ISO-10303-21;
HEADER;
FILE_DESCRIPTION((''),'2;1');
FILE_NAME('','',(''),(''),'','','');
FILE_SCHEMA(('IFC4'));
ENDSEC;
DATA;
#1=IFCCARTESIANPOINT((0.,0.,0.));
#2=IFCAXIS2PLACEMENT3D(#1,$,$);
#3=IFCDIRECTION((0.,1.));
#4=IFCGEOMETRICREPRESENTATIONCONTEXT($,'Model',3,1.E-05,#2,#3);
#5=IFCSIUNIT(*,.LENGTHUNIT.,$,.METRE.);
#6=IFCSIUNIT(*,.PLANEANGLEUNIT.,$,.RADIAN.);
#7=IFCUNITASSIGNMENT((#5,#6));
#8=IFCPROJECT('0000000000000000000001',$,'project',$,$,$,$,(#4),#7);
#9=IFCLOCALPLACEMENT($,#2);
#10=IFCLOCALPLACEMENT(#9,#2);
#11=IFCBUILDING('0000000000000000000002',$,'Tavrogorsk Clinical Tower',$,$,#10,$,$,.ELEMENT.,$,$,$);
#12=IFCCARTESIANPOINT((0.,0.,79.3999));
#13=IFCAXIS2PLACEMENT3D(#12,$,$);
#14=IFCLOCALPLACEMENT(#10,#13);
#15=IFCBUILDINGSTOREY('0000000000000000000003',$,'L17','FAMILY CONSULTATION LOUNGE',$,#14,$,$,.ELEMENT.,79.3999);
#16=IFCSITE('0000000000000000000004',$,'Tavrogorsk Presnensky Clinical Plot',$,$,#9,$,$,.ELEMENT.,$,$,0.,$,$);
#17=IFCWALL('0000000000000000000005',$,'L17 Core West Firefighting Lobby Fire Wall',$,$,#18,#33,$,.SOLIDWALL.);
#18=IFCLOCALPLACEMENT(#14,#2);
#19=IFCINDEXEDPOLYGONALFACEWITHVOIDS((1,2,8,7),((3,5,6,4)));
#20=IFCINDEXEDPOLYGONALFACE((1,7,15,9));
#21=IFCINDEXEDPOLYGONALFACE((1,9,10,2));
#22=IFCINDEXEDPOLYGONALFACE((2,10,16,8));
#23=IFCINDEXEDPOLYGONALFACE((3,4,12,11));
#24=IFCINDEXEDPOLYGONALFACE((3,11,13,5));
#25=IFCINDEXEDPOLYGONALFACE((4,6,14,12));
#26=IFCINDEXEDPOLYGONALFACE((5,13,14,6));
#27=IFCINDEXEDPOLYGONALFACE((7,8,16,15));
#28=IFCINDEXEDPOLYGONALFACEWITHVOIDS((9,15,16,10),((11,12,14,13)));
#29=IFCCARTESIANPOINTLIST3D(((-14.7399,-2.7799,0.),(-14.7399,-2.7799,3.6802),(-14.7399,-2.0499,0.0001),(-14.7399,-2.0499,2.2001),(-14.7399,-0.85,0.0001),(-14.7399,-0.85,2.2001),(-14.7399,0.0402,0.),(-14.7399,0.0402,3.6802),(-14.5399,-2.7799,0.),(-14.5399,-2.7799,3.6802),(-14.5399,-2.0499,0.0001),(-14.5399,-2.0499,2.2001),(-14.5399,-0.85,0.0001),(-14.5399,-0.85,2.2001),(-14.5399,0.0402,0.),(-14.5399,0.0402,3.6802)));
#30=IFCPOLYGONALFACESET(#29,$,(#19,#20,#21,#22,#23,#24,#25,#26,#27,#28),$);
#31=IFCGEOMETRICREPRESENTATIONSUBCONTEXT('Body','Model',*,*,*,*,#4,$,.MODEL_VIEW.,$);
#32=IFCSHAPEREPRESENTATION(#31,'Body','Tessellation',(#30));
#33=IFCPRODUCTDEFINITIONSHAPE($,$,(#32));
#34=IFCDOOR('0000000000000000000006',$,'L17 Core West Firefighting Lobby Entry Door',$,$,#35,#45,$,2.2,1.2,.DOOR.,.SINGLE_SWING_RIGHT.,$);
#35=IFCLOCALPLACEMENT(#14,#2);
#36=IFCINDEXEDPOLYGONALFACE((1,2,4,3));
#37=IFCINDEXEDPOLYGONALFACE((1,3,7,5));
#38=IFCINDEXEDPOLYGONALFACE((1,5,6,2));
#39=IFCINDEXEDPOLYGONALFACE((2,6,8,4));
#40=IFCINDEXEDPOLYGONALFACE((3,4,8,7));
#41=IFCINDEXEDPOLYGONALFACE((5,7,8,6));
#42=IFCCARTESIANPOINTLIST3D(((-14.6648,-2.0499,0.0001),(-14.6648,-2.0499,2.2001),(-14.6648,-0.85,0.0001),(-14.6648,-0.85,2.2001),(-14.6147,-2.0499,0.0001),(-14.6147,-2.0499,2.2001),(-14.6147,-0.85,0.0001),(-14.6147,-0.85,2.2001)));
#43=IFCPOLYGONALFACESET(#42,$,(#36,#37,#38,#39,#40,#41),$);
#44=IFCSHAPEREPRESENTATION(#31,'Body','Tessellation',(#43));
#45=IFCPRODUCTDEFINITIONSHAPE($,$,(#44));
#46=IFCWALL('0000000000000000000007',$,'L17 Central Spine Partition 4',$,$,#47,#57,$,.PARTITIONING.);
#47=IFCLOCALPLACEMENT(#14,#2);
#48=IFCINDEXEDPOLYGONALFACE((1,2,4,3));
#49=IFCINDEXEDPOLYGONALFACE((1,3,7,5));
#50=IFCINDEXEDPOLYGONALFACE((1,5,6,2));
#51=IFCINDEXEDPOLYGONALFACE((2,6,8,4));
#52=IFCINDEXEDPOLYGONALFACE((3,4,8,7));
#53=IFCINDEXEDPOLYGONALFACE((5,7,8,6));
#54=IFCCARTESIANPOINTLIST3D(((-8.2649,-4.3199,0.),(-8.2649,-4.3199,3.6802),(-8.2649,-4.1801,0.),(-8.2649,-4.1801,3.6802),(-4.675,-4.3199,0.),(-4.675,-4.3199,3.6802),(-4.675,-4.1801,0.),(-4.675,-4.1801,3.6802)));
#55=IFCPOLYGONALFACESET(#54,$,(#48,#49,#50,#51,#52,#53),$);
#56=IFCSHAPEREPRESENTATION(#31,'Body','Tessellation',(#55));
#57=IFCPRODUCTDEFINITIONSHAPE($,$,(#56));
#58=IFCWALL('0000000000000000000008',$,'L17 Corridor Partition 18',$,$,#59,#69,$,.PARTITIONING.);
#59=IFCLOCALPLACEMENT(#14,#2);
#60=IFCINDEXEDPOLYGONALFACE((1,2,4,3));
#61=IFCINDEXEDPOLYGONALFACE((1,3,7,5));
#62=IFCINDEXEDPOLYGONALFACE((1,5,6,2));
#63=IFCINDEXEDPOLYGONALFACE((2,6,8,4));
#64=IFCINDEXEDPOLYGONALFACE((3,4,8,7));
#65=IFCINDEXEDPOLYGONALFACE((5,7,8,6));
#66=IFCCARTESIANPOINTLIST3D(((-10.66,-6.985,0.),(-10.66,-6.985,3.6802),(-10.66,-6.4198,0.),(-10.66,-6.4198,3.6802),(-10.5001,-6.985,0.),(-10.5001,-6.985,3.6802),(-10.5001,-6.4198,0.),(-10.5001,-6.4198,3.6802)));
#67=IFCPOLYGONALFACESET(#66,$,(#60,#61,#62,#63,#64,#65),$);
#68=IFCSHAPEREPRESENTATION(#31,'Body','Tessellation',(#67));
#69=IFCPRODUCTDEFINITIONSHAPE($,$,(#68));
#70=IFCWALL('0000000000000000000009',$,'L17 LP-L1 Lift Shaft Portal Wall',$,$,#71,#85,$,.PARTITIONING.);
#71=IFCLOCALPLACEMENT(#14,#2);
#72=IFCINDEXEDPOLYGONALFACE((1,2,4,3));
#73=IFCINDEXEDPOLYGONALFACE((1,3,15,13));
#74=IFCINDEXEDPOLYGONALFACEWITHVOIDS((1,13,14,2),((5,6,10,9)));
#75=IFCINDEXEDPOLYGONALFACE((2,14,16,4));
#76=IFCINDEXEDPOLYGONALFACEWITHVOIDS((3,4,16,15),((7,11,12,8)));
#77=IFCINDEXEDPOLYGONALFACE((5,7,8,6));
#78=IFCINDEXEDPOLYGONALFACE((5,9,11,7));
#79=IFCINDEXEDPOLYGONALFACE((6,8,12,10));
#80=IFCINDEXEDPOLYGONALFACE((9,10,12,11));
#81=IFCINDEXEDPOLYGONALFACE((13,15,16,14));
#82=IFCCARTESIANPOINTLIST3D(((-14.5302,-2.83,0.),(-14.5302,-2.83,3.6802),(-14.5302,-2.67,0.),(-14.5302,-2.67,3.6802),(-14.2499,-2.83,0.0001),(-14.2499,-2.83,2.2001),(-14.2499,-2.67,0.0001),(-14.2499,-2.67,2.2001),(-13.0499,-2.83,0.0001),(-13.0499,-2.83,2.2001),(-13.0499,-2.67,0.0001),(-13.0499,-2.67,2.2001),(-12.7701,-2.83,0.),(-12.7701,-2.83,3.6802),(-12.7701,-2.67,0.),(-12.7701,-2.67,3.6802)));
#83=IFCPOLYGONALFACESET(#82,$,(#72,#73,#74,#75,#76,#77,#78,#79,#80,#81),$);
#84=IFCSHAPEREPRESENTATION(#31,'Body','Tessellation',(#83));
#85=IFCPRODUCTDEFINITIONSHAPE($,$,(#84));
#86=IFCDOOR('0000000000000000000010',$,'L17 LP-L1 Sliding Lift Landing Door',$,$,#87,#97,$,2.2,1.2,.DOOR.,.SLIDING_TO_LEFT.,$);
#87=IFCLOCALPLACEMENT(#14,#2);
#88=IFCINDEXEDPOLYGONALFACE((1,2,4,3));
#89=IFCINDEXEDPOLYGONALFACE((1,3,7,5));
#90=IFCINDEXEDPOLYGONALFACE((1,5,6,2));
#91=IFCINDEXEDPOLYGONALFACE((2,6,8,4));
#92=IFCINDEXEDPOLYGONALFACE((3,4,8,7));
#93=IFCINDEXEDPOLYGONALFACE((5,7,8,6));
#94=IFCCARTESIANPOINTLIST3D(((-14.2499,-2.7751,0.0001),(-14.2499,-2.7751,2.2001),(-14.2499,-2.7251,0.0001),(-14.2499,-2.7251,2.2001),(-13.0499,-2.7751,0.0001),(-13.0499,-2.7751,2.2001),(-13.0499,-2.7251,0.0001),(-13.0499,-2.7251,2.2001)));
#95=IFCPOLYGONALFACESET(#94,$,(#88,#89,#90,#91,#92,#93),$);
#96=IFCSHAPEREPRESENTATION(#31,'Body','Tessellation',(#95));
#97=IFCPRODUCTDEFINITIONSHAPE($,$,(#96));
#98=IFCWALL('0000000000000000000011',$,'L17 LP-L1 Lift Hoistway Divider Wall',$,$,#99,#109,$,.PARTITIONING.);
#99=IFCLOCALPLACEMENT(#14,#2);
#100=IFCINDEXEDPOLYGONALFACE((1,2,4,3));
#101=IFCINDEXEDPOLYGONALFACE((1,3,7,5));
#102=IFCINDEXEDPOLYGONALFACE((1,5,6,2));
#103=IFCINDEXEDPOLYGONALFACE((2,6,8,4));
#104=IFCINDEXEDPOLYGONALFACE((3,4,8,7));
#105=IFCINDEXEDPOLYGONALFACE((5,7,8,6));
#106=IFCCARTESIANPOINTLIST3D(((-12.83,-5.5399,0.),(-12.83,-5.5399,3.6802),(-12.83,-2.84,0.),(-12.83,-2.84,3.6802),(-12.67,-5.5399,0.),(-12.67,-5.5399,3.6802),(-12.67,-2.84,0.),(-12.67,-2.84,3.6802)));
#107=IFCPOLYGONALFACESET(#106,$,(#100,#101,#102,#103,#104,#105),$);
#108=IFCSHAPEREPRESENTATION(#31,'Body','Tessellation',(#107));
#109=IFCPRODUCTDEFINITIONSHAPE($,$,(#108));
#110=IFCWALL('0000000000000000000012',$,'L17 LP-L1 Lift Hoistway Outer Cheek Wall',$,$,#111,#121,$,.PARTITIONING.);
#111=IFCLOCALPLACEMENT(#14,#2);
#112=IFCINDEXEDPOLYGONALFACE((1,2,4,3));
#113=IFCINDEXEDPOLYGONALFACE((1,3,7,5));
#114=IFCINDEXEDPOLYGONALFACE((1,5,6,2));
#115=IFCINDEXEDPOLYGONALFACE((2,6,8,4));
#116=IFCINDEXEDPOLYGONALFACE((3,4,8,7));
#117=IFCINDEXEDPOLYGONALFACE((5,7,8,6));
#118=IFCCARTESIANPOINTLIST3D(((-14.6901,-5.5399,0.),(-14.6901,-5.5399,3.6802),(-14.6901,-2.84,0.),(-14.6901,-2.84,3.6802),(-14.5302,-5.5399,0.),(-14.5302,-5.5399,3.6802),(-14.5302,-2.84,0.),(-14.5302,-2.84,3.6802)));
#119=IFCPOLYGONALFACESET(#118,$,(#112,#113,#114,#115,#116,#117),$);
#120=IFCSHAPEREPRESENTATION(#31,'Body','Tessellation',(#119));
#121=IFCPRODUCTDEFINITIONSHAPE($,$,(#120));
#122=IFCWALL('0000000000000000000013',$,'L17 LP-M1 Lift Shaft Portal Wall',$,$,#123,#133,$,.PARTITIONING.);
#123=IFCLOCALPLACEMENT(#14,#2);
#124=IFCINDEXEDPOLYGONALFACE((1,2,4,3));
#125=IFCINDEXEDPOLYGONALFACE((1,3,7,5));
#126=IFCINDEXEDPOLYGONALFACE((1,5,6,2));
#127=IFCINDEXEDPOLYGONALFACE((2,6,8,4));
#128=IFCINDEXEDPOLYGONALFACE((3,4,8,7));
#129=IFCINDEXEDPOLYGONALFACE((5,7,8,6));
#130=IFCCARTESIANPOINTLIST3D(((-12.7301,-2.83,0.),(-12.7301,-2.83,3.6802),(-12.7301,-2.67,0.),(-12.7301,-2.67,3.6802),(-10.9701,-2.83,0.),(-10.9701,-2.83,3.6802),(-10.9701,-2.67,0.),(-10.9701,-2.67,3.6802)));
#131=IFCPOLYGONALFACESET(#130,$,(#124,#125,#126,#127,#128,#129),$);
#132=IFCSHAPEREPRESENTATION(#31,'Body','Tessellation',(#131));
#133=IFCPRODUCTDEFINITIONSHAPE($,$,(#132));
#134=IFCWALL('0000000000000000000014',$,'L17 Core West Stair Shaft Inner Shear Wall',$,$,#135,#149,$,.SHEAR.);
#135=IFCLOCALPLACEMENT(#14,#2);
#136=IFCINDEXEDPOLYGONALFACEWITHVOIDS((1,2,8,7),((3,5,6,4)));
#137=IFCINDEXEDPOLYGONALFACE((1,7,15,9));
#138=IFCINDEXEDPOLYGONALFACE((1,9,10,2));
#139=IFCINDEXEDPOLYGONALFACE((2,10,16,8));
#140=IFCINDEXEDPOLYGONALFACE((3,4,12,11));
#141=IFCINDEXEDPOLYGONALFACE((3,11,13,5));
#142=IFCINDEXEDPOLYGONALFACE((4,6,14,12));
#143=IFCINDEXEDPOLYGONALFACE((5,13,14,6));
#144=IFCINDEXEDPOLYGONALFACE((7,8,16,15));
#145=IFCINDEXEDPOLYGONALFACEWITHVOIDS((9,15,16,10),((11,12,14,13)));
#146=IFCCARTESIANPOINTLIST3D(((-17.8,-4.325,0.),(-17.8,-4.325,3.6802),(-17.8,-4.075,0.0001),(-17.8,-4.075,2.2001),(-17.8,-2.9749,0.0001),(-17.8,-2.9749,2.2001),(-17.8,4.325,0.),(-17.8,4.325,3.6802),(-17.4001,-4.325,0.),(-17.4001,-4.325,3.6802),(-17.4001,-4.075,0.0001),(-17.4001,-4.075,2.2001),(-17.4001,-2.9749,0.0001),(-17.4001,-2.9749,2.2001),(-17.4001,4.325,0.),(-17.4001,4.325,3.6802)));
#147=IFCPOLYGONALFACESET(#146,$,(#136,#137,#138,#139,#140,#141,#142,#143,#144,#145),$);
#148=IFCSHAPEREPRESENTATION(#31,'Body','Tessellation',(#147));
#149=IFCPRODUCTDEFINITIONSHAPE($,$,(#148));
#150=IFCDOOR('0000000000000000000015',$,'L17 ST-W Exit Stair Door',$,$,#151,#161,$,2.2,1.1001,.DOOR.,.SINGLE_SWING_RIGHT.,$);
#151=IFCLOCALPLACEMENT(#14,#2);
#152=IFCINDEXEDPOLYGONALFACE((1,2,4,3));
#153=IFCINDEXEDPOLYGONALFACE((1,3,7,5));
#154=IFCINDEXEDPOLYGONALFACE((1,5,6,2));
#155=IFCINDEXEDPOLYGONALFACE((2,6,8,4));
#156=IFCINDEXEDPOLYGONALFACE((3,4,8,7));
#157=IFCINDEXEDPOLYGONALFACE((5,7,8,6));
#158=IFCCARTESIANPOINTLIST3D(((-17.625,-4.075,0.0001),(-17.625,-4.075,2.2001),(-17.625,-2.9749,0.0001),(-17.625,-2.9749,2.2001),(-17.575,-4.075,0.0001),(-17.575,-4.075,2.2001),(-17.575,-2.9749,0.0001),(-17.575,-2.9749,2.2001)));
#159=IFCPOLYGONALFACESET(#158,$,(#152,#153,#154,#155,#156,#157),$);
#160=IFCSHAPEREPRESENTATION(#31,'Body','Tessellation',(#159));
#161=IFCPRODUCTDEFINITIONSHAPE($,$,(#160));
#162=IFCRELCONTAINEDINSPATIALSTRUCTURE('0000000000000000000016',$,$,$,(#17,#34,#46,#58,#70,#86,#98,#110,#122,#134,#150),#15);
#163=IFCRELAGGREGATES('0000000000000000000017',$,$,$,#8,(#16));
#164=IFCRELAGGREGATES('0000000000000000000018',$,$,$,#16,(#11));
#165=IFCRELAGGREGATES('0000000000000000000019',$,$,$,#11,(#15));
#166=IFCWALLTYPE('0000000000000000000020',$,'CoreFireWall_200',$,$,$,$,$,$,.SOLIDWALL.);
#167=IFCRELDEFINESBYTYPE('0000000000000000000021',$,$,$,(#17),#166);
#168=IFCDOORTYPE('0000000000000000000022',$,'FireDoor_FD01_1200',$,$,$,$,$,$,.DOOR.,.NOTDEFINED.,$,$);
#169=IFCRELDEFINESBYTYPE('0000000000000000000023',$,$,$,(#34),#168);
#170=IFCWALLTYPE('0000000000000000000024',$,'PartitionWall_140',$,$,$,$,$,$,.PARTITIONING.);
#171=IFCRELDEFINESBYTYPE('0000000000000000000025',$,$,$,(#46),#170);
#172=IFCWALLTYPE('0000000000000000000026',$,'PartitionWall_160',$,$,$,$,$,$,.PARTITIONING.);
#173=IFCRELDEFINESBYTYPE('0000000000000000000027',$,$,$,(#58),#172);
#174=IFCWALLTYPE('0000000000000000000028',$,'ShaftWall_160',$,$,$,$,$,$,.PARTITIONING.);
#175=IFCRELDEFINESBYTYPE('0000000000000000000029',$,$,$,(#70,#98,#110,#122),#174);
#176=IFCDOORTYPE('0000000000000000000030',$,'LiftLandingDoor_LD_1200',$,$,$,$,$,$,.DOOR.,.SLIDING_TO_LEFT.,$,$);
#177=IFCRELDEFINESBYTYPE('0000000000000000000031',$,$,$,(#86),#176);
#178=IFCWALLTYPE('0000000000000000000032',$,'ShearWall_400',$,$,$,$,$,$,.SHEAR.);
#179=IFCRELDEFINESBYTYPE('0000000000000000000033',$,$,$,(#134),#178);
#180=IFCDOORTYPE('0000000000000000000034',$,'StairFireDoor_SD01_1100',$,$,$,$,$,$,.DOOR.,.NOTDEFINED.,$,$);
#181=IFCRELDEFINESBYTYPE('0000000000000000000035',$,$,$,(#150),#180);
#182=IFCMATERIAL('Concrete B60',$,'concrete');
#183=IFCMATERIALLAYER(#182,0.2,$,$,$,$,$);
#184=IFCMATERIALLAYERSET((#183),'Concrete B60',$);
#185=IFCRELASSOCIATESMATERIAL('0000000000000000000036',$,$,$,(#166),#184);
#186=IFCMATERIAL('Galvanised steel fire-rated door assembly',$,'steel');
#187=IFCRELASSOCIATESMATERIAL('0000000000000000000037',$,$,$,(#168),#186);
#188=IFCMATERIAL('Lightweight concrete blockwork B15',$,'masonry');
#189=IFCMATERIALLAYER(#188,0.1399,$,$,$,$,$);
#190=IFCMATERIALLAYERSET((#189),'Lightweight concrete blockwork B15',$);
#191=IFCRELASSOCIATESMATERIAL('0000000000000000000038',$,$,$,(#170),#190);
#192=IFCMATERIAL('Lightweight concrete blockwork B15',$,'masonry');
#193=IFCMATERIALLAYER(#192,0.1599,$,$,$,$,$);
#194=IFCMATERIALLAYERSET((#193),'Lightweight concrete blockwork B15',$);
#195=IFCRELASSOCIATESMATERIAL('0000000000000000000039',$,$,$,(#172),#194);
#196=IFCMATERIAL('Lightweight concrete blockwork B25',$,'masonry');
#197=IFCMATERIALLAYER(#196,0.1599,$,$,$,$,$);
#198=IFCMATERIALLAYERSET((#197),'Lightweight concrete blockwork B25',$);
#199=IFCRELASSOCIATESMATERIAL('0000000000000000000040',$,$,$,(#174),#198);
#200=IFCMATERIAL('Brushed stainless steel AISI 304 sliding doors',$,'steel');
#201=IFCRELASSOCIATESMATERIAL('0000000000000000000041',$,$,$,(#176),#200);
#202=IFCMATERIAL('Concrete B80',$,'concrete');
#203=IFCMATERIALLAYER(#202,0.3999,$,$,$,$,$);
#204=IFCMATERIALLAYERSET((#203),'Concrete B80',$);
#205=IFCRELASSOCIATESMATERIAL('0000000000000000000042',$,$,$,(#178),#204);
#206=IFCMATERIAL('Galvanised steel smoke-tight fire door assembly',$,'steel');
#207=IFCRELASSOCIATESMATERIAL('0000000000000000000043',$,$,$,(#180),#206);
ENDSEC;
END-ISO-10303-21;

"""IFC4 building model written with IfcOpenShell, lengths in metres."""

from ifc_helpers import new_model, si_unit, direction, frame, frame_2d, origin, place, context, subcontext, project, spatial, rectangle, extrude, material, layer, layer_set, type_object, element, fill, save


model = new_model("IFC4")

# Units and contexts
model_context = context("Model", 3, precision=1e-05, world=origin(), true_north=direction((0.0, 1.0)))
body_context = subcontext(model_context, "Body", "Model", "MODEL_VIEW")
ifc_project = project(units=[si_unit("LENGTHUNIT", "METRE"), si_unit("PLANEANGLEUNIT", "RADIAN")], contexts=[model_context])

# Site, building, storey
site_placement = place(None, origin())
site = spatial("IfcSite", under=ifc_project, at=site_placement, Name="Tavrogorsk Presnensky Clinical Plot", CompositionType="ELEMENT", RefElevation=0.0)
building_placement = place(site_placement, origin())
building = spatial("IfcBuilding", under=site, at=building_placement, Name="Tavrogorsk Clinical Tower", CompositionType="ELEMENT")
storey_placement = place(building_placement, frame((0.0, 0.0, 79.3999)))
storey = spatial("IfcBuildingStorey", under=building, at=storey_placement, Name="L17", Description="FAMILY CONSULTATION LOUNGE", CompositionType="ELEMENT", Elevation=79.3999)

# Wall, opening, door
ifc_material_1 = material(Name="Concrete B60", Category="concrete")
ifc_layer_1 = layer(ifc_material_1, 0.2)
ifc_layer_set_1 = layer_set([ifc_layer_1], Name="Concrete B60")
wall_type_1 = type_object("IfcWallType", Name="CoreFireWall_200", PredefinedType="SOLIDWALL", material=ifc_layer_set_1)
wall_1_placement = place(storey_placement, frame((-14.6399, -2.78, 0.0), z_axis=(0.0, 0.0, 1.0), x_axis=(0.0, 1.0, 0.0)))
wall_1 = element("IfcWall", 1, at=wall_1_placement, inside=storey, type_object=wall_type_1, Name="L17 Core West Firefighting Lobby Fire Wall", PredefinedType="SOLIDWALL", context=body_context, shape_type="SweptSolid", body=[
    extrude(rectangle(XDim=2.8201, YDim=0.2, at=frame_2d((1.4102, 0.0))), origin(), (0.0, 0.0, 1.0), 3.6802),
])
opening_1_placement = place(wall_1_placement, frame((0.73, 0.0, 0.0)))
opening_1 = element("IfcOpeningElement", 2, at=opening_1_placement, cuts=wall_1, PredefinedType="OPENING", context=body_context, shape_type="SweptSolid", body=[
    extrude(rectangle(XDim=1.2, YDim=2.2, at=frame_2d((0.6001, 1.1001))), frame((0.0, 0.1099, 0.0), z_axis=(0.0, -1.0, 0.0), x_axis=(1.0, 0.0, 0.0)), (0.0, 0.0, 1.0), 0.22),
])
ifc_material_2 = material(Name="Galvanised steel fire-rated door assembly", Category="steel")
door_type_1 = type_object("IfcDoorType", Name="FireDoor_FD01_1200", OperationType="NOTDEFINED", PredefinedType="DOOR", material=ifc_material_2)
door_1_placement = place(opening_1_placement, origin())
door_1 = element("IfcDoor", 3, at=door_1_placement, inside=storey, type_object=door_type_1, Name="L17 Core West Firefighting Lobby Entry Door", OperationType="SINGLE_SWING_RIGHT", OverallHeight=2.2, OverallWidth=1.2, PredefinedType="DOOR", context=body_context, shape_type="SweptSolid", body=[
    extrude(rectangle(XDim=1.2, YDim=2.2, at=frame_2d((0.6001, 1.1001))), frame((0.0, 0.0249, 0.0), z_axis=(0.0, -1.0, 0.0), x_axis=(1.0, 0.0, 0.0)), (0.0, 0.0, 1.0), 0.05),
])
fill(opening_1, door_1)

# Walls
ifc_material_3 = material(Name="Lightweight concrete blockwork B15", Category="masonry")
ifc_layer_2 = layer(ifc_material_3, 0.1399)
ifc_layer_set_2 = layer_set([ifc_layer_2], Name="Lightweight concrete blockwork B15")
wall_type_2 = type_object("IfcWallType", Name="PartitionWall_140", PredefinedType="PARTITIONING", material=ifc_layer_set_2)
wall_2_placement = place(storey_placement, frame((-8.2649, -4.25, 0.0), z_axis=(0.0, 0.0, 1.0), x_axis=(1.0, 0.0, 0.0)))
element("IfcWall", 4, at=wall_2_placement, inside=storey, type_object=wall_type_2, Name="L17 Central Spine Partition 4", PredefinedType="PARTITIONING", context=body_context, shape_type="SweptSolid", body=[
    extrude(rectangle(XDim=3.5898, YDim=0.1399, at=frame_2d((1.7949, 0.0))), origin(), (0.0, 0.0, 1.0), 3.6802),
])
ifc_material_4 = material(Name="Lightweight concrete blockwork B15", Category="masonry")
ifc_layer_3 = layer(ifc_material_4, 0.1599)
ifc_layer_set_3 = layer_set([ifc_layer_3], Name="Lightweight concrete blockwork B15")
wall_type_3 = type_object("IfcWallType", Name="PartitionWall_160", PredefinedType="PARTITIONING", material=ifc_layer_set_3)
wall_3_placement = place(storey_placement, frame((-10.5801, -6.9851, 0.0), z_axis=(0.0, 0.0, 1.0), x_axis=(0.0, 1.0, 0.0)))
element("IfcWall", 5, at=wall_3_placement, inside=storey, type_object=wall_type_3, Name="L17 Corridor Partition 18", PredefinedType="PARTITIONING", context=body_context, shape_type="SweptSolid", body=[
    extrude(rectangle(XDim=0.5652, YDim=0.1599, at=frame_2d((0.2827, 0.0))), origin(), (0.0, 0.0, 1.0), 3.6802),
])

# Wall, opening, door
ifc_material_5 = material(Name="Lightweight concrete blockwork B25", Category="masonry")
ifc_layer_4 = layer(ifc_material_5, 0.1599)
ifc_layer_set_4 = layer_set([ifc_layer_4], Name="Lightweight concrete blockwork B25")
wall_type_4 = type_object("IfcWallType", Name="ShaftWall_160", PredefinedType="PARTITIONING", material=ifc_layer_set_4)
wall_4_placement = place(storey_placement, frame((-14.53, -2.75, 0.0), z_axis=(0.0, 0.0, 1.0), x_axis=(1.0, 0.0, 0.0)))
wall_4 = element("IfcWall", 6, at=wall_4_placement, inside=storey, type_object=wall_type_4, Name="L17 LP-L1 Lift Shaft Portal Wall", PredefinedType="PARTITIONING", context=body_context, shape_type="SweptSolid", body=[
    extrude(rectangle(XDim=1.76, YDim=0.1599, at=frame_2d((0.8799, 0.0))), origin(), (0.0, 0.0, 1.0), 3.6802),
])
opening_2_placement = place(wall_4_placement, frame((0.28, 0.0, 0.0)))
opening_2 = element("IfcOpeningElement", 7, at=opening_2_placement, cuts=wall_4, PredefinedType="OPENING", context=body_context, shape_type="SweptSolid", body=[
    extrude(rectangle(XDim=1.2, YDim=2.2, at=frame_2d((0.6001, 1.1001))), frame((0.0, 0.0898, 0.0), z_axis=(0.0, -1.0, 0.0), x_axis=(1.0, 0.0, 0.0)), (0.0, 0.0, 1.0), 0.1799),
])
ifc_material_6 = material(Name="Brushed stainless steel AISI 304 sliding doors", Category="steel")
door_type_2 = type_object("IfcDoorType", Name="LiftLandingDoor_LD_1200", OperationType="SLIDING_TO_LEFT", PredefinedType="DOOR", material=ifc_material_6)
door_2_placement = place(opening_2_placement, origin())
door_2 = element("IfcDoor", 8, at=door_2_placement, inside=storey, type_object=door_type_2, Name="L17 LP-L1 Sliding Lift Landing Door", OperationType="SLIDING_TO_LEFT", OverallHeight=2.2, OverallWidth=1.2, PredefinedType="DOOR", context=body_context, shape_type="SweptSolid", body=[
    extrude(rectangle(XDim=1.2, YDim=2.2, at=frame_2d((0.6001, 1.1001))), frame((0.0, 0.0249, 0.0), z_axis=(0.0, -1.0, 0.0), x_axis=(1.0, 0.0, 0.0)), (0.0, 0.0, 1.0), 0.05),
])
fill(opening_2, door_2)

# Walls
for number, where, z_axis, x_axis, name in (
    (9, (-12.75, -5.54, 0.0), (0.0, 0.0, 1.0), (0.0, 1.0, 0.0), "L17 LP-L1 Lift Hoistway Divider Wall"),
    (10, (-14.6101, -5.54, 0.0), (0.0, 0.0, 1.0), (0.0, 1.0, 0.0), "L17 LP-L1 Lift Hoistway Outer Cheek Wall"),
):
    element("IfcWall", number, at=place(storey_placement, frame(where, z_axis=z_axis, x_axis=x_axis)), inside=storey, type_object=wall_type_4, Name=name, PredefinedType="PARTITIONING", context=body_context, shape_type="SweptSolid", body=[
        extrude(rectangle(XDim=2.7, YDim=0.1599, at=frame_2d((1.3501, 0.0))), origin(), (0.0, 0.0, 1.0), 3.6802),
    ])
wall_5_placement = place(storey_placement, frame((-12.73, -2.75, 0.0), z_axis=(0.0, 0.0, 1.0), x_axis=(1.0, 0.0, 0.0)))
element("IfcWall", 11, at=wall_5_placement, inside=storey, type_object=wall_type_4, Name="L17 LP-M1 Lift Shaft Portal Wall", PredefinedType="PARTITIONING", context=body_context, shape_type="SweptSolid", body=[
    extrude(rectangle(XDim=1.76, YDim=0.1599, at=frame_2d((0.8799, 0.0))), origin(), (0.0, 0.0, 1.0), 3.6802),
])

# Wall, opening, door
ifc_material_7 = material(Name="Concrete B80", Category="concrete")
ifc_layer_5 = layer(ifc_material_7, 0.3999)
ifc_layer_set_5 = layer_set([ifc_layer_5], Name="Concrete B80")
wall_type_5 = type_object("IfcWallType", Name="ShearWall_400", PredefinedType="SHEAR", material=ifc_layer_set_5)
wall_6_placement = place(storey_placement, frame((-17.6001, -4.325, 0.0), z_axis=(0.0, 0.0, 1.0), x_axis=(0.0, 1.0, 0.0)))
wall_6 = element("IfcWall", 12, at=wall_6_placement, inside=storey, type_object=wall_type_5, Name="L17 Core West Stair Shaft Inner Shear Wall", PredefinedType="SHEAR", context=body_context, shape_type="SweptSolid", body=[
    extrude(rectangle(XDim=8.6499, YDim=0.3999, at=frame_2d((4.325, 0.0))), origin(), (0.0, 0.0, 1.0), 3.6802),
])
opening_3_placement = place(wall_6_placement, frame((0.25, 0.0, 0.0)))
opening_3 = element("IfcOpeningElement", 13, at=opening_3_placement, cuts=wall_6, PredefinedType="OPENING", context=body_context, shape_type="SweptSolid", body=[
    extrude(rectangle(XDim=1.1001, YDim=2.2, at=frame_2d((0.55, 1.1001))), frame((0.0, 0.21, 0.0), z_axis=(0.0, -1.0, 0.0), x_axis=(1.0, 0.0, 0.0)), (0.0, 0.0, 1.0), 0.4199),
])
ifc_material_8 = material(Name="Galvanised steel smoke-tight fire door assembly", Category="steel")
door_type_3 = type_object("IfcDoorType", Name="StairFireDoor_SD01_1100", OperationType="NOTDEFINED", PredefinedType="DOOR", material=ifc_material_8)
door_3_placement = place(opening_3_placement, origin())
door_3 = element("IfcDoor", 14, at=door_3_placement, inside=storey, type_object=door_type_3, Name="L17 ST-W Exit Stair Door", OperationType="SINGLE_SWING_RIGHT", OverallHeight=2.2, OverallWidth=1.1001, PredefinedType="DOOR", context=body_context, shape_type="SweptSolid", body=[
    extrude(rectangle(XDim=1.1001, YDim=2.2, at=frame_2d((0.55, 1.1001))), frame((0.0, 0.0249, 0.0), z_axis=(0.0, -1.0, 0.0), x_axis=(1.0, 0.0, 0.0)), (0.0, 0.0, 1.0), 0.05),
])
fill(opening_3, door_3)

save(model, "model.ifc")
